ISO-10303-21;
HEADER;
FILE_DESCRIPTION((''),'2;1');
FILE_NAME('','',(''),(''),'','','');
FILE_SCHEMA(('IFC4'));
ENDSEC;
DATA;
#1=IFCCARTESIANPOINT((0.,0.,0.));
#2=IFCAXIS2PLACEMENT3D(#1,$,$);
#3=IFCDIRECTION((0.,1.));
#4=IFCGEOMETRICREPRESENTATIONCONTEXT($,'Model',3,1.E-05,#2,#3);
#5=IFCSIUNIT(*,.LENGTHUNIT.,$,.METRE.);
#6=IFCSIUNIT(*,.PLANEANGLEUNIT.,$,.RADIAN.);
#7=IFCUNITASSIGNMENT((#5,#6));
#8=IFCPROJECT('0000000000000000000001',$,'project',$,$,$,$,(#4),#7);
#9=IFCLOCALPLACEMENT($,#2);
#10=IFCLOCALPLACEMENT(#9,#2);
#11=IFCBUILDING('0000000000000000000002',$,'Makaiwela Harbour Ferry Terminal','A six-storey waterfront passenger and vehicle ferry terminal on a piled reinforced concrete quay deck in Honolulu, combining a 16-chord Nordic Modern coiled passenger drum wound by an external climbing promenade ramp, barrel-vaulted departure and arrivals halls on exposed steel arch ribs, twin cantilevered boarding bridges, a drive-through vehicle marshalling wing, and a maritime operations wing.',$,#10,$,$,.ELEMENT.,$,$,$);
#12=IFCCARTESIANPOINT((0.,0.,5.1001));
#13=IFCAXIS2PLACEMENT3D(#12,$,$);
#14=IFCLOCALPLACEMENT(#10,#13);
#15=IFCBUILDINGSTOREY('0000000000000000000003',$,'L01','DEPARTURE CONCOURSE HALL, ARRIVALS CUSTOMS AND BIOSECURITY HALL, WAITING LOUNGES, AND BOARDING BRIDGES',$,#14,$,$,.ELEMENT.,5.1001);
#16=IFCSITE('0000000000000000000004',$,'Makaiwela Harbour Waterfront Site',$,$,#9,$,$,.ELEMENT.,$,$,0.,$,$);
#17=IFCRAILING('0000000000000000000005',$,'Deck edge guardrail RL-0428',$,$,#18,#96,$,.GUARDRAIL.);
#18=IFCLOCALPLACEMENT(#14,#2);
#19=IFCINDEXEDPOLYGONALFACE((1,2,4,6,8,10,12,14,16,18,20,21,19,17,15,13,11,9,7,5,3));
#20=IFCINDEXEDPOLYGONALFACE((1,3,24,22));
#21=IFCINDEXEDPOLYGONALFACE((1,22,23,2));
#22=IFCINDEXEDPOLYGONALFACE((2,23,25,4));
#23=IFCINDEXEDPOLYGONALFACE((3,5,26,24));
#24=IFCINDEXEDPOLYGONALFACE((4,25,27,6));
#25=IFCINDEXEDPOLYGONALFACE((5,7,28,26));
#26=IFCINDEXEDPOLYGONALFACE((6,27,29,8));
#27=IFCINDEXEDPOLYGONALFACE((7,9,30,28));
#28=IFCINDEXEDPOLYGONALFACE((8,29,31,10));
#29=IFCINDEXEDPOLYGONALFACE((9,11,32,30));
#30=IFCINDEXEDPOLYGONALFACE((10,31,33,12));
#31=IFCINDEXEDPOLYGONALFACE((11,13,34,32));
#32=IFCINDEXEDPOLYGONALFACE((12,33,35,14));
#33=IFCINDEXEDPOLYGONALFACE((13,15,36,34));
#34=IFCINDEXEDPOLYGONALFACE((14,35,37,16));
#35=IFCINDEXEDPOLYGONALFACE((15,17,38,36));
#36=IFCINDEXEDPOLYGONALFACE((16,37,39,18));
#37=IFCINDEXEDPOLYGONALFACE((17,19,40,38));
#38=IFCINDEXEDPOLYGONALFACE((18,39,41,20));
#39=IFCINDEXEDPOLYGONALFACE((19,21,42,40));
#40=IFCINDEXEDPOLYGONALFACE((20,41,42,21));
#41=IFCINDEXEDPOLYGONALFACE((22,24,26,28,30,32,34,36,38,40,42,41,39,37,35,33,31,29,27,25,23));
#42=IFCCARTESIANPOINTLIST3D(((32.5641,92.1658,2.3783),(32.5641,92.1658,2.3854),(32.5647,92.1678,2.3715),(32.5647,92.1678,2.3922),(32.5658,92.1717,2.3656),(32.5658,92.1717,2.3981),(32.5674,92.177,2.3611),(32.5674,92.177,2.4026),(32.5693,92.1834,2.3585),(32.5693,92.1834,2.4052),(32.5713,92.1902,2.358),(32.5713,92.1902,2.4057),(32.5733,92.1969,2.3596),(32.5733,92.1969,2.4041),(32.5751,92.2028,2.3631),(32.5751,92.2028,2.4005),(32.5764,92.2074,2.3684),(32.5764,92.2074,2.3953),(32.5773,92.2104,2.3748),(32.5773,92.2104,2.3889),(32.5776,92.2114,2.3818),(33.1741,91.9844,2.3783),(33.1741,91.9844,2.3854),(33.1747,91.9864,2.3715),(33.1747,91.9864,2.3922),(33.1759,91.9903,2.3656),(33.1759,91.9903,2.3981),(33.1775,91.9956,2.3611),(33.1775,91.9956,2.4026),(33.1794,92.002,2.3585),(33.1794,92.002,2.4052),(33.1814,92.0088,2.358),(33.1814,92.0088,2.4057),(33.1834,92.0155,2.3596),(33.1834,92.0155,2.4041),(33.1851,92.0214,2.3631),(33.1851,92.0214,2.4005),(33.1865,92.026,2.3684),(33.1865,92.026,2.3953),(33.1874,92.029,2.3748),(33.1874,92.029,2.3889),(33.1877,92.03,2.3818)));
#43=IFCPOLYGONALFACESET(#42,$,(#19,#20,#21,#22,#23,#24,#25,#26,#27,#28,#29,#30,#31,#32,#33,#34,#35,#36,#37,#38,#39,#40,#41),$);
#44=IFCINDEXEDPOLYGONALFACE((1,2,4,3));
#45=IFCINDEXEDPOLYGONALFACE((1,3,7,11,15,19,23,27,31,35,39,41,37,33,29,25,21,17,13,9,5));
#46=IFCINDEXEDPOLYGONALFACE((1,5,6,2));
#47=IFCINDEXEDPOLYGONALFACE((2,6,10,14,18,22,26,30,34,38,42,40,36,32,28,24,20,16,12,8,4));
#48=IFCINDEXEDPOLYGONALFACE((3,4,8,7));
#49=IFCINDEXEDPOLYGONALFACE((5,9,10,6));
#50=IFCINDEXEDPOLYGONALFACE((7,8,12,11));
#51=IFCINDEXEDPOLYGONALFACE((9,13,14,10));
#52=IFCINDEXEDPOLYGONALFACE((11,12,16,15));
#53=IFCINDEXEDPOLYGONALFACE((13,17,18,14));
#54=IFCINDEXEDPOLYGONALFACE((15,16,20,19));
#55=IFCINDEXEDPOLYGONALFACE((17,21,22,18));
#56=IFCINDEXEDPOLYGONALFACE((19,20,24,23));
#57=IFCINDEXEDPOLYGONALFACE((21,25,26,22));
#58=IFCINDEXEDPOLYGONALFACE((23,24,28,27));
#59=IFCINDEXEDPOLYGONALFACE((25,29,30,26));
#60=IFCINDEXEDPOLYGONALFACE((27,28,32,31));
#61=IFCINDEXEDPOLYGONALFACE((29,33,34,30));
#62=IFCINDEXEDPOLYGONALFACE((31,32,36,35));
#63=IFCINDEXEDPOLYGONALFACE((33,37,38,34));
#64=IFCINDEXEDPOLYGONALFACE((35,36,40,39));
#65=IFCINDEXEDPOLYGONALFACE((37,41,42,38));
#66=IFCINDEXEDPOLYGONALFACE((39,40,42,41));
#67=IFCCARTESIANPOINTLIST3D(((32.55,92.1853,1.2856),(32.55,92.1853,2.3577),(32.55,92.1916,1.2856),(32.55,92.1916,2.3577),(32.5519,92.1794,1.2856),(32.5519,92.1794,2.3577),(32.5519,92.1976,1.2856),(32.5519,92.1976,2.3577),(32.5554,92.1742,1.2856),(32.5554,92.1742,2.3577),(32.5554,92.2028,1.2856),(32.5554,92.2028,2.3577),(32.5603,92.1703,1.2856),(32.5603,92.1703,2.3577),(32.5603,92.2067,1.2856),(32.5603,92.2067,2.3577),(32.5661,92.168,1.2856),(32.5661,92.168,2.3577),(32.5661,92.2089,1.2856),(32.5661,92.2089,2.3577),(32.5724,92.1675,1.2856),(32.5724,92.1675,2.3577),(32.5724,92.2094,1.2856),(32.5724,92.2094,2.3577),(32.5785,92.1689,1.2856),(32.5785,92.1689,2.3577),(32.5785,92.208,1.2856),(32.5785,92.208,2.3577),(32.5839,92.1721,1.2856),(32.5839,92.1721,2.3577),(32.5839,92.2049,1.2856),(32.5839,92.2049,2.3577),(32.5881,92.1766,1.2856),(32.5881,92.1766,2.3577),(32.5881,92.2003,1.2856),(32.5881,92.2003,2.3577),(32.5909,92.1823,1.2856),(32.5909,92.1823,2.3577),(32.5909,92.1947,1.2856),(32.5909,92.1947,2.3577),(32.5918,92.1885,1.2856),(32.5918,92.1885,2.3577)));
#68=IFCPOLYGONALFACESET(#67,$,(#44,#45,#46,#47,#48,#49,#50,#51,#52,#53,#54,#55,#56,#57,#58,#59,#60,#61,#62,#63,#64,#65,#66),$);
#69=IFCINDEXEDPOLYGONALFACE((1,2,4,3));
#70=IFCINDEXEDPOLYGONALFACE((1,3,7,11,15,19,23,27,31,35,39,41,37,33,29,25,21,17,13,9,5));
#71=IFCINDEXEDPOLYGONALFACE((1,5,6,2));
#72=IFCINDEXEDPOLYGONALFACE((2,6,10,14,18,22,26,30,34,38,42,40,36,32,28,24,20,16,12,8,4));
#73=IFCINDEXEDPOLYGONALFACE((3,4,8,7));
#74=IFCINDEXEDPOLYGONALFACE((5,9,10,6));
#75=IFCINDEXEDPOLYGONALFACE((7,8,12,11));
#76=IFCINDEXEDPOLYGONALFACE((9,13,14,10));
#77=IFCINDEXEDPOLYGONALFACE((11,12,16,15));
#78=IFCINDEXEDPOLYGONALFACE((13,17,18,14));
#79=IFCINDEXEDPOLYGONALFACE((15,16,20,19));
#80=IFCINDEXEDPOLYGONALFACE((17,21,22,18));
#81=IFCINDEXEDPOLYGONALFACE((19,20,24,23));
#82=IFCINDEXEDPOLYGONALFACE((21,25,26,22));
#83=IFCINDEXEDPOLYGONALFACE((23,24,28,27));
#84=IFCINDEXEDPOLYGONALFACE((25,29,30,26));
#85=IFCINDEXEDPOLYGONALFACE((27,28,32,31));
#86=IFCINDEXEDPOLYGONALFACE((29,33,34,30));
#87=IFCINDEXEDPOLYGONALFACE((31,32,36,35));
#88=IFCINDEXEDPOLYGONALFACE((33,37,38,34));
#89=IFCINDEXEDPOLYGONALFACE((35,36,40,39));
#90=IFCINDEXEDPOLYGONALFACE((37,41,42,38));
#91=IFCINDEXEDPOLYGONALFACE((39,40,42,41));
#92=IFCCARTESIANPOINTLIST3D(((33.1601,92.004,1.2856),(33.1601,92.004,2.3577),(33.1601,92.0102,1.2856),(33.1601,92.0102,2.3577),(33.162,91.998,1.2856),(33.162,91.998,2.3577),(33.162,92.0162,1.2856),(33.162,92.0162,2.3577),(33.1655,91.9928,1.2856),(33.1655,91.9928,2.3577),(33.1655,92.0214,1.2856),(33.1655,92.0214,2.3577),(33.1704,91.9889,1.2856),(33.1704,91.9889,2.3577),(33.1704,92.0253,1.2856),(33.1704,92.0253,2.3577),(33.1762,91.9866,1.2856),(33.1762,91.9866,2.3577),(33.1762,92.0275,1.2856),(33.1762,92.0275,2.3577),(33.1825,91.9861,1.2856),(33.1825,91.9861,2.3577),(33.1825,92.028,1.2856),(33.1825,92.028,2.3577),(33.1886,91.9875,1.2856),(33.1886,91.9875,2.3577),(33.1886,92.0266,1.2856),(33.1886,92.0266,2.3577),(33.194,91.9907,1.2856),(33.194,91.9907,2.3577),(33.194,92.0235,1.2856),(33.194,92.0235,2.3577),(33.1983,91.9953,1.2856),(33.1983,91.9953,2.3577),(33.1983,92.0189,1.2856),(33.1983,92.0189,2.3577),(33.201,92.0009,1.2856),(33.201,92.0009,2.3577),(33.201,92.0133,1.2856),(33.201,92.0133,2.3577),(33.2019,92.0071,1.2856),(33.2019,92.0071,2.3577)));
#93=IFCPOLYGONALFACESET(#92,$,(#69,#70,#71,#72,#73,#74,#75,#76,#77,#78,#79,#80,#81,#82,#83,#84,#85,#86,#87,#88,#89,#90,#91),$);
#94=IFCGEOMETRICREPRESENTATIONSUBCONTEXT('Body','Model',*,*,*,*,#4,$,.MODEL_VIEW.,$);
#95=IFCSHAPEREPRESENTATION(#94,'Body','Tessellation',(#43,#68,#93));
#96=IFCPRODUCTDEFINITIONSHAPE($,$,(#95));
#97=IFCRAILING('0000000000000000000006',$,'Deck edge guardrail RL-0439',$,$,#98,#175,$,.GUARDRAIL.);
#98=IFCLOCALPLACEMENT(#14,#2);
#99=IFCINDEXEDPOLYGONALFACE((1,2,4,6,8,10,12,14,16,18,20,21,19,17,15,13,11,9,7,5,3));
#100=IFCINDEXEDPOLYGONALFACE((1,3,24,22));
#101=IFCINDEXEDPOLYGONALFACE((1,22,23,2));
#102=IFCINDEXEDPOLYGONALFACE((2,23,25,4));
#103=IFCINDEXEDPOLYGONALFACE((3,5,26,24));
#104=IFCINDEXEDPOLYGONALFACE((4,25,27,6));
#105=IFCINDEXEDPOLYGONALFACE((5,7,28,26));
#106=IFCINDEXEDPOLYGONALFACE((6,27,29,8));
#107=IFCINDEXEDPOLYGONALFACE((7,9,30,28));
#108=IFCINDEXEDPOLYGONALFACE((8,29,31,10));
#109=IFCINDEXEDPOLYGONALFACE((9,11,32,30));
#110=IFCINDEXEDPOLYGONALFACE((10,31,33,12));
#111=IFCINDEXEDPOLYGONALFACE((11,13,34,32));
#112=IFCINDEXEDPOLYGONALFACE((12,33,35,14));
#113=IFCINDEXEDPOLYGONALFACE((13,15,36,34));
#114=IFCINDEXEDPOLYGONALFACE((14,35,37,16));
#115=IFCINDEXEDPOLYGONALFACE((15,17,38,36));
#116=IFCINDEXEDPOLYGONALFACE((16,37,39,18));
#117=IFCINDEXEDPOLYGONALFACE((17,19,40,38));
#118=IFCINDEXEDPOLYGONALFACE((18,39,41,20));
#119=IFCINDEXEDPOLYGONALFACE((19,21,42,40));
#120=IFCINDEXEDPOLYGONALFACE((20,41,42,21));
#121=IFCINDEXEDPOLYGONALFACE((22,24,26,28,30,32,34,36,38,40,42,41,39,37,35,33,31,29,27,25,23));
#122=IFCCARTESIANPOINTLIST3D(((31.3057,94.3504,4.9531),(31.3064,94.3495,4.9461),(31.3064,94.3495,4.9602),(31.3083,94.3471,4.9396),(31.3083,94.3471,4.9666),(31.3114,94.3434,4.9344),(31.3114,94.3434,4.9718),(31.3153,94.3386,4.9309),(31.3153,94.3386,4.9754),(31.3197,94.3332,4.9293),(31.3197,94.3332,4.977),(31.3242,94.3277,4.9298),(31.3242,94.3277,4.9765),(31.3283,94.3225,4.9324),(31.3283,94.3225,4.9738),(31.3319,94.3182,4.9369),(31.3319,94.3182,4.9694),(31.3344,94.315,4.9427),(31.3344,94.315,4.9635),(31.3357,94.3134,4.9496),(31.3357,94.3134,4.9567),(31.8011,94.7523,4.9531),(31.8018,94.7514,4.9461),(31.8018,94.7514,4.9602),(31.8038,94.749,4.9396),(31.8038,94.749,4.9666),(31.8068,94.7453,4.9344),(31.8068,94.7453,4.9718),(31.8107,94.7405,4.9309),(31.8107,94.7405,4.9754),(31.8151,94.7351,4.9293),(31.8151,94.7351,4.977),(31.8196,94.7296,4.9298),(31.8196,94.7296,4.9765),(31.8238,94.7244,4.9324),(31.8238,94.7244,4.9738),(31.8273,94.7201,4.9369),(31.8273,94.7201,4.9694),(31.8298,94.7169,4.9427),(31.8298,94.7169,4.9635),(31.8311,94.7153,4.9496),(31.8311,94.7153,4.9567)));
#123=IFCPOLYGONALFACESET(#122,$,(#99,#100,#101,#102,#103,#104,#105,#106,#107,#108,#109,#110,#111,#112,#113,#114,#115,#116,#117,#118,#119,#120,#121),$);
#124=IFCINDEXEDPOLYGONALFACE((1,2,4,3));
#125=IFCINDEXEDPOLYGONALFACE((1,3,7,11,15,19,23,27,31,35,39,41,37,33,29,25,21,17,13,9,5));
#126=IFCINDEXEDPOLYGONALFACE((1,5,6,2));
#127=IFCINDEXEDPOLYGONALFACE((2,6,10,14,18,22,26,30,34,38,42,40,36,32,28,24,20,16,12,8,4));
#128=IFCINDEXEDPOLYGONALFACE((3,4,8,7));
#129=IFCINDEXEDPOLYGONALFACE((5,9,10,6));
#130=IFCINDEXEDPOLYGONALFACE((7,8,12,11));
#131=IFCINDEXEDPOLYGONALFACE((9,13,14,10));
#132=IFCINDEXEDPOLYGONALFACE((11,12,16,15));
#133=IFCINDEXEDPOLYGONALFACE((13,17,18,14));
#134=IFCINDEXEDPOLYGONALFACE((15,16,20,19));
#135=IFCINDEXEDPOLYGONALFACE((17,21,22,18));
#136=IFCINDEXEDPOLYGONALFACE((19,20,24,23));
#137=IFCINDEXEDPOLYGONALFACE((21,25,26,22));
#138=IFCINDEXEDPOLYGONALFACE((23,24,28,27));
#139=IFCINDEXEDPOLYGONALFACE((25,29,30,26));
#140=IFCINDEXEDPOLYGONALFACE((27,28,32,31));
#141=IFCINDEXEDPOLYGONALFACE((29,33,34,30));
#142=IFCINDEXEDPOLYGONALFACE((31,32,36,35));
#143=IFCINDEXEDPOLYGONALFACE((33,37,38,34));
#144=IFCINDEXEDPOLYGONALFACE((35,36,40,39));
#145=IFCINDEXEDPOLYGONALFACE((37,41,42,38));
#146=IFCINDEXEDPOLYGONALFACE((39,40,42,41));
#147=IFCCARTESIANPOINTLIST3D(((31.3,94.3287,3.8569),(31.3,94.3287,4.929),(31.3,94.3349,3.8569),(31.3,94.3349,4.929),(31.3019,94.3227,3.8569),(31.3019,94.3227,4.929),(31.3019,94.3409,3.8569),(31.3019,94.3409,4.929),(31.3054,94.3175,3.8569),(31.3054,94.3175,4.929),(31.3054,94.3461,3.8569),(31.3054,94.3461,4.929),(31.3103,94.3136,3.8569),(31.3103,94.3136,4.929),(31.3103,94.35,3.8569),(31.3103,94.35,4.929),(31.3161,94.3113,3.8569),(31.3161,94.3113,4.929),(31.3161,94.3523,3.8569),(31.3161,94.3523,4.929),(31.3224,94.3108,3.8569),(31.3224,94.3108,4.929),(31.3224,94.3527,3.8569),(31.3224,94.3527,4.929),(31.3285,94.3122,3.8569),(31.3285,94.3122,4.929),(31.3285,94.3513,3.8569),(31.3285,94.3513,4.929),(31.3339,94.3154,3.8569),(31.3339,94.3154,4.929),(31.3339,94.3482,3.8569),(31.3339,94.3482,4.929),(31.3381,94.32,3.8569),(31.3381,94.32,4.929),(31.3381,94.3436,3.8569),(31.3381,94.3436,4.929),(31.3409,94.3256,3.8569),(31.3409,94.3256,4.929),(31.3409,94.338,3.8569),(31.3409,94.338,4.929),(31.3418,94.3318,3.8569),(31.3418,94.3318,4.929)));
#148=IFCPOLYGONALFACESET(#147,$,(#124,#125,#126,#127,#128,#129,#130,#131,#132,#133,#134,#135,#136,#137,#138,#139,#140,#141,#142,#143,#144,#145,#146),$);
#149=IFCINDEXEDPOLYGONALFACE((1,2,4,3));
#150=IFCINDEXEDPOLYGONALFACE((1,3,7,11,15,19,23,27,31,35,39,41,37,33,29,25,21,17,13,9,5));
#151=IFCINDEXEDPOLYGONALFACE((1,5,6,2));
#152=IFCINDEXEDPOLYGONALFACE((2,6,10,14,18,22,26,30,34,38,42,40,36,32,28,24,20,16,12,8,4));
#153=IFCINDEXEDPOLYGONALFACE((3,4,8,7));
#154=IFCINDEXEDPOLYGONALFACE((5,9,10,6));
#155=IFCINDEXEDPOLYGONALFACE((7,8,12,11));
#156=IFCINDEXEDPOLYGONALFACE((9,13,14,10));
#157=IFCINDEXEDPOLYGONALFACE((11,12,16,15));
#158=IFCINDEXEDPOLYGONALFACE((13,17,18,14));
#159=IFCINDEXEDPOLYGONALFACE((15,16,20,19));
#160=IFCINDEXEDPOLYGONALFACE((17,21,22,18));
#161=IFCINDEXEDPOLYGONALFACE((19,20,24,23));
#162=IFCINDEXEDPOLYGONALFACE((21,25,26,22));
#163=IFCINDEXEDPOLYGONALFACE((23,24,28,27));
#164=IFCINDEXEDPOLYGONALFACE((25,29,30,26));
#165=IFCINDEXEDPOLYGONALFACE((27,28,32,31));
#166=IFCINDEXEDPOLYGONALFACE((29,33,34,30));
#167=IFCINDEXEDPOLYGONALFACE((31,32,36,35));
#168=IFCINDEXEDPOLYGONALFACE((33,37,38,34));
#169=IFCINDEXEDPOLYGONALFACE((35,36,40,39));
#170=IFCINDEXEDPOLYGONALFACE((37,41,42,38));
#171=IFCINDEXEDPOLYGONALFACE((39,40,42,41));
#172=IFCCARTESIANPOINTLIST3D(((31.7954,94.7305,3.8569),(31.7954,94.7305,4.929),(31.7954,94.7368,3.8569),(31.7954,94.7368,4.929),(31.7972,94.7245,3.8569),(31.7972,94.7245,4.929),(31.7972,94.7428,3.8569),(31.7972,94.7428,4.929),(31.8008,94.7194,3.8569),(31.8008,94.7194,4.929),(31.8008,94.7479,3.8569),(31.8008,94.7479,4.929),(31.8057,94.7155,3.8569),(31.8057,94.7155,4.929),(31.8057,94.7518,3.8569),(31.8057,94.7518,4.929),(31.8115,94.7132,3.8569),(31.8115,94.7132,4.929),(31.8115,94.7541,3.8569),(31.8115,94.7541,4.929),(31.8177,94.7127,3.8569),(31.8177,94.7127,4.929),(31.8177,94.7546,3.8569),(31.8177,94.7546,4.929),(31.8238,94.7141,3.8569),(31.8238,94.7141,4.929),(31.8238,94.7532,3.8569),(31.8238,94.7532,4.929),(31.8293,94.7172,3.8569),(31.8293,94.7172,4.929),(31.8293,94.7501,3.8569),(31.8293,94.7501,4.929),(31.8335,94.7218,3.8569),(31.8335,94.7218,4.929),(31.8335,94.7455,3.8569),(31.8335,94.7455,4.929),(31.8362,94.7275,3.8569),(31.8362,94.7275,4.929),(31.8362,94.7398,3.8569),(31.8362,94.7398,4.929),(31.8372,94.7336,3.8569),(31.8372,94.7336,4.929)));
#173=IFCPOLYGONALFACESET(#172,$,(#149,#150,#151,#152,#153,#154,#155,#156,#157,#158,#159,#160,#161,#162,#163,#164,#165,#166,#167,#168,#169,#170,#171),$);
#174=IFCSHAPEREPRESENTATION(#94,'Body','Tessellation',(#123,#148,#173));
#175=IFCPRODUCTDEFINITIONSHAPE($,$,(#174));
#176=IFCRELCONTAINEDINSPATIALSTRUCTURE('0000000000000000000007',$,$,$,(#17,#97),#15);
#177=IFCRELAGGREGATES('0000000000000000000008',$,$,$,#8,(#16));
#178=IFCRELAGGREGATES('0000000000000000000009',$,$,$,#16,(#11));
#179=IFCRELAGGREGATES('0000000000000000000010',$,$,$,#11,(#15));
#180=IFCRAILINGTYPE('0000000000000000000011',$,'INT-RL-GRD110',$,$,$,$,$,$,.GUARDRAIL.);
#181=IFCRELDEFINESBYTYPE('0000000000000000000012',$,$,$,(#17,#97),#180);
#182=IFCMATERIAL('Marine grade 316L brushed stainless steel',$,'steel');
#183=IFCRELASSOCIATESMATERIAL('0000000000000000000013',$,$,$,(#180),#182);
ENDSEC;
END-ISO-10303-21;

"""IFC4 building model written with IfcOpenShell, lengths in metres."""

from ifc_helpers import new_model, si_unit, direction, frame, origin, origin_2d, place, context, subcontext, project, spatial, circle, extrude, material, type_object, element, save


model = new_model("IFC4")

# Units and contexts
model_context = context("Model", 3, precision=1e-05, world=origin(), true_north=direction((0.0, 1.0)))
body_context = subcontext(model_context, "Body", "Model", "MODEL_VIEW")
ifc_project = project(units=[si_unit("LENGTHUNIT", "METRE"), si_unit("PLANEANGLEUNIT", "RADIAN")], contexts=[model_context])

# Site, building, storey
site_placement = place(None, origin())
site = spatial("IfcSite", under=ifc_project, at=site_placement, Name="Makaiwela Harbour Waterfront Site", CompositionType="ELEMENT", RefElevation=0.0)
building_placement = place(site_placement, origin())
building = spatial("IfcBuilding", under=site, at=building_placement, Name="Makaiwela Harbour Ferry Terminal", Description="A six-storey waterfront passenger and vehicle ferry terminal on a piled reinforced concrete quay deck in Honolulu, combining a 16-chord Nordic Modern coiled passenger drum wound by an external climbing promenade ramp, barrel-vaulted departure and arrivals halls on exposed steel arch ribs, twin cantilevered boarding bridges, a drive-through vehicle marshalling wing, and a maritime operations wing.", CompositionType="ELEMENT")
storey_placement = place(building_placement, frame((0.0, 0.0, 5.1001)))
storey = spatial("IfcBuildingStorey", under=building, at=storey_placement, Name="L01", Description="DEPARTURE CONCOURSE HALL, ARRIVALS CUSTOMS AND BIOSECURITY HALL, WAITING LOUNGES, AND BOARDING BRIDGES", CompositionType="ELEMENT", Elevation=5.1001)

# Railings
ifc_material_1 = material(Name="Marine grade 316L brushed stainless steel", Category="steel")
railing_type_1 = type_object("IfcRailingType", Name="INT-RL-GRD110", PredefinedType="GUARDRAIL", material=ifc_material_1)
railing_1_placement = place(storey_placement, frame((32.5708, 92.1885, 1.2856)))
element("IfcRailing", 1, at=railing_1_placement, inside=storey, type_object=railing_type_1, Name="Deck edge guardrail RL-0428", PredefinedType="GUARDRAIL", context=body_context, shape_type="SweptSolid", body=[
    extrude(circle(Radius=0.0239, at=origin_2d()), frame((0.0, 0.0, 1.0962), z_axis=(0.958531, -0.284989, 0.0), x_axis=(0.284989, 0.958531, 0.0)), (0.0, 0.0, 1.0), 0.6365),
    extrude(circle(Radius=0.021, at=origin_2d()), origin(), (0.0, 0.0, 1.0), 1.072),
    extrude(circle(Radius=0.021, at=origin_2d()), frame((0.6101, -0.1814, 0.0)), (0.0, 0.0, 1.0), 1.072),
])
railing_2_placement = place(storey_placement, frame((31.3208, 94.3318, 3.8569)))
element("IfcRailing", 2, at=railing_2_placement, inside=storey, type_object=railing_type_1, Name="Deck edge guardrail RL-0439", PredefinedType="GUARDRAIL", context=body_context, shape_type="SweptSolid", body=[
    extrude(circle(Radius=0.0239, at=origin_2d()), frame((0.0, 0.0, 1.0962), z_axis=(0.776594, 0.630002, 0.0), x_axis=(-0.630002, 0.776594, 0.0)), (0.0, 0.0, 1.0), 0.6379),
    extrude(circle(Radius=0.021, at=origin_2d()), origin(), (0.0, 0.0, 1.0), 1.072),
    extrude(circle(Radius=0.021, at=origin_2d()), frame((0.4954, 0.4019, 0.0)), (0.0, 0.0, 1.0), 1.072),
])

save(model, "model.ifc")
